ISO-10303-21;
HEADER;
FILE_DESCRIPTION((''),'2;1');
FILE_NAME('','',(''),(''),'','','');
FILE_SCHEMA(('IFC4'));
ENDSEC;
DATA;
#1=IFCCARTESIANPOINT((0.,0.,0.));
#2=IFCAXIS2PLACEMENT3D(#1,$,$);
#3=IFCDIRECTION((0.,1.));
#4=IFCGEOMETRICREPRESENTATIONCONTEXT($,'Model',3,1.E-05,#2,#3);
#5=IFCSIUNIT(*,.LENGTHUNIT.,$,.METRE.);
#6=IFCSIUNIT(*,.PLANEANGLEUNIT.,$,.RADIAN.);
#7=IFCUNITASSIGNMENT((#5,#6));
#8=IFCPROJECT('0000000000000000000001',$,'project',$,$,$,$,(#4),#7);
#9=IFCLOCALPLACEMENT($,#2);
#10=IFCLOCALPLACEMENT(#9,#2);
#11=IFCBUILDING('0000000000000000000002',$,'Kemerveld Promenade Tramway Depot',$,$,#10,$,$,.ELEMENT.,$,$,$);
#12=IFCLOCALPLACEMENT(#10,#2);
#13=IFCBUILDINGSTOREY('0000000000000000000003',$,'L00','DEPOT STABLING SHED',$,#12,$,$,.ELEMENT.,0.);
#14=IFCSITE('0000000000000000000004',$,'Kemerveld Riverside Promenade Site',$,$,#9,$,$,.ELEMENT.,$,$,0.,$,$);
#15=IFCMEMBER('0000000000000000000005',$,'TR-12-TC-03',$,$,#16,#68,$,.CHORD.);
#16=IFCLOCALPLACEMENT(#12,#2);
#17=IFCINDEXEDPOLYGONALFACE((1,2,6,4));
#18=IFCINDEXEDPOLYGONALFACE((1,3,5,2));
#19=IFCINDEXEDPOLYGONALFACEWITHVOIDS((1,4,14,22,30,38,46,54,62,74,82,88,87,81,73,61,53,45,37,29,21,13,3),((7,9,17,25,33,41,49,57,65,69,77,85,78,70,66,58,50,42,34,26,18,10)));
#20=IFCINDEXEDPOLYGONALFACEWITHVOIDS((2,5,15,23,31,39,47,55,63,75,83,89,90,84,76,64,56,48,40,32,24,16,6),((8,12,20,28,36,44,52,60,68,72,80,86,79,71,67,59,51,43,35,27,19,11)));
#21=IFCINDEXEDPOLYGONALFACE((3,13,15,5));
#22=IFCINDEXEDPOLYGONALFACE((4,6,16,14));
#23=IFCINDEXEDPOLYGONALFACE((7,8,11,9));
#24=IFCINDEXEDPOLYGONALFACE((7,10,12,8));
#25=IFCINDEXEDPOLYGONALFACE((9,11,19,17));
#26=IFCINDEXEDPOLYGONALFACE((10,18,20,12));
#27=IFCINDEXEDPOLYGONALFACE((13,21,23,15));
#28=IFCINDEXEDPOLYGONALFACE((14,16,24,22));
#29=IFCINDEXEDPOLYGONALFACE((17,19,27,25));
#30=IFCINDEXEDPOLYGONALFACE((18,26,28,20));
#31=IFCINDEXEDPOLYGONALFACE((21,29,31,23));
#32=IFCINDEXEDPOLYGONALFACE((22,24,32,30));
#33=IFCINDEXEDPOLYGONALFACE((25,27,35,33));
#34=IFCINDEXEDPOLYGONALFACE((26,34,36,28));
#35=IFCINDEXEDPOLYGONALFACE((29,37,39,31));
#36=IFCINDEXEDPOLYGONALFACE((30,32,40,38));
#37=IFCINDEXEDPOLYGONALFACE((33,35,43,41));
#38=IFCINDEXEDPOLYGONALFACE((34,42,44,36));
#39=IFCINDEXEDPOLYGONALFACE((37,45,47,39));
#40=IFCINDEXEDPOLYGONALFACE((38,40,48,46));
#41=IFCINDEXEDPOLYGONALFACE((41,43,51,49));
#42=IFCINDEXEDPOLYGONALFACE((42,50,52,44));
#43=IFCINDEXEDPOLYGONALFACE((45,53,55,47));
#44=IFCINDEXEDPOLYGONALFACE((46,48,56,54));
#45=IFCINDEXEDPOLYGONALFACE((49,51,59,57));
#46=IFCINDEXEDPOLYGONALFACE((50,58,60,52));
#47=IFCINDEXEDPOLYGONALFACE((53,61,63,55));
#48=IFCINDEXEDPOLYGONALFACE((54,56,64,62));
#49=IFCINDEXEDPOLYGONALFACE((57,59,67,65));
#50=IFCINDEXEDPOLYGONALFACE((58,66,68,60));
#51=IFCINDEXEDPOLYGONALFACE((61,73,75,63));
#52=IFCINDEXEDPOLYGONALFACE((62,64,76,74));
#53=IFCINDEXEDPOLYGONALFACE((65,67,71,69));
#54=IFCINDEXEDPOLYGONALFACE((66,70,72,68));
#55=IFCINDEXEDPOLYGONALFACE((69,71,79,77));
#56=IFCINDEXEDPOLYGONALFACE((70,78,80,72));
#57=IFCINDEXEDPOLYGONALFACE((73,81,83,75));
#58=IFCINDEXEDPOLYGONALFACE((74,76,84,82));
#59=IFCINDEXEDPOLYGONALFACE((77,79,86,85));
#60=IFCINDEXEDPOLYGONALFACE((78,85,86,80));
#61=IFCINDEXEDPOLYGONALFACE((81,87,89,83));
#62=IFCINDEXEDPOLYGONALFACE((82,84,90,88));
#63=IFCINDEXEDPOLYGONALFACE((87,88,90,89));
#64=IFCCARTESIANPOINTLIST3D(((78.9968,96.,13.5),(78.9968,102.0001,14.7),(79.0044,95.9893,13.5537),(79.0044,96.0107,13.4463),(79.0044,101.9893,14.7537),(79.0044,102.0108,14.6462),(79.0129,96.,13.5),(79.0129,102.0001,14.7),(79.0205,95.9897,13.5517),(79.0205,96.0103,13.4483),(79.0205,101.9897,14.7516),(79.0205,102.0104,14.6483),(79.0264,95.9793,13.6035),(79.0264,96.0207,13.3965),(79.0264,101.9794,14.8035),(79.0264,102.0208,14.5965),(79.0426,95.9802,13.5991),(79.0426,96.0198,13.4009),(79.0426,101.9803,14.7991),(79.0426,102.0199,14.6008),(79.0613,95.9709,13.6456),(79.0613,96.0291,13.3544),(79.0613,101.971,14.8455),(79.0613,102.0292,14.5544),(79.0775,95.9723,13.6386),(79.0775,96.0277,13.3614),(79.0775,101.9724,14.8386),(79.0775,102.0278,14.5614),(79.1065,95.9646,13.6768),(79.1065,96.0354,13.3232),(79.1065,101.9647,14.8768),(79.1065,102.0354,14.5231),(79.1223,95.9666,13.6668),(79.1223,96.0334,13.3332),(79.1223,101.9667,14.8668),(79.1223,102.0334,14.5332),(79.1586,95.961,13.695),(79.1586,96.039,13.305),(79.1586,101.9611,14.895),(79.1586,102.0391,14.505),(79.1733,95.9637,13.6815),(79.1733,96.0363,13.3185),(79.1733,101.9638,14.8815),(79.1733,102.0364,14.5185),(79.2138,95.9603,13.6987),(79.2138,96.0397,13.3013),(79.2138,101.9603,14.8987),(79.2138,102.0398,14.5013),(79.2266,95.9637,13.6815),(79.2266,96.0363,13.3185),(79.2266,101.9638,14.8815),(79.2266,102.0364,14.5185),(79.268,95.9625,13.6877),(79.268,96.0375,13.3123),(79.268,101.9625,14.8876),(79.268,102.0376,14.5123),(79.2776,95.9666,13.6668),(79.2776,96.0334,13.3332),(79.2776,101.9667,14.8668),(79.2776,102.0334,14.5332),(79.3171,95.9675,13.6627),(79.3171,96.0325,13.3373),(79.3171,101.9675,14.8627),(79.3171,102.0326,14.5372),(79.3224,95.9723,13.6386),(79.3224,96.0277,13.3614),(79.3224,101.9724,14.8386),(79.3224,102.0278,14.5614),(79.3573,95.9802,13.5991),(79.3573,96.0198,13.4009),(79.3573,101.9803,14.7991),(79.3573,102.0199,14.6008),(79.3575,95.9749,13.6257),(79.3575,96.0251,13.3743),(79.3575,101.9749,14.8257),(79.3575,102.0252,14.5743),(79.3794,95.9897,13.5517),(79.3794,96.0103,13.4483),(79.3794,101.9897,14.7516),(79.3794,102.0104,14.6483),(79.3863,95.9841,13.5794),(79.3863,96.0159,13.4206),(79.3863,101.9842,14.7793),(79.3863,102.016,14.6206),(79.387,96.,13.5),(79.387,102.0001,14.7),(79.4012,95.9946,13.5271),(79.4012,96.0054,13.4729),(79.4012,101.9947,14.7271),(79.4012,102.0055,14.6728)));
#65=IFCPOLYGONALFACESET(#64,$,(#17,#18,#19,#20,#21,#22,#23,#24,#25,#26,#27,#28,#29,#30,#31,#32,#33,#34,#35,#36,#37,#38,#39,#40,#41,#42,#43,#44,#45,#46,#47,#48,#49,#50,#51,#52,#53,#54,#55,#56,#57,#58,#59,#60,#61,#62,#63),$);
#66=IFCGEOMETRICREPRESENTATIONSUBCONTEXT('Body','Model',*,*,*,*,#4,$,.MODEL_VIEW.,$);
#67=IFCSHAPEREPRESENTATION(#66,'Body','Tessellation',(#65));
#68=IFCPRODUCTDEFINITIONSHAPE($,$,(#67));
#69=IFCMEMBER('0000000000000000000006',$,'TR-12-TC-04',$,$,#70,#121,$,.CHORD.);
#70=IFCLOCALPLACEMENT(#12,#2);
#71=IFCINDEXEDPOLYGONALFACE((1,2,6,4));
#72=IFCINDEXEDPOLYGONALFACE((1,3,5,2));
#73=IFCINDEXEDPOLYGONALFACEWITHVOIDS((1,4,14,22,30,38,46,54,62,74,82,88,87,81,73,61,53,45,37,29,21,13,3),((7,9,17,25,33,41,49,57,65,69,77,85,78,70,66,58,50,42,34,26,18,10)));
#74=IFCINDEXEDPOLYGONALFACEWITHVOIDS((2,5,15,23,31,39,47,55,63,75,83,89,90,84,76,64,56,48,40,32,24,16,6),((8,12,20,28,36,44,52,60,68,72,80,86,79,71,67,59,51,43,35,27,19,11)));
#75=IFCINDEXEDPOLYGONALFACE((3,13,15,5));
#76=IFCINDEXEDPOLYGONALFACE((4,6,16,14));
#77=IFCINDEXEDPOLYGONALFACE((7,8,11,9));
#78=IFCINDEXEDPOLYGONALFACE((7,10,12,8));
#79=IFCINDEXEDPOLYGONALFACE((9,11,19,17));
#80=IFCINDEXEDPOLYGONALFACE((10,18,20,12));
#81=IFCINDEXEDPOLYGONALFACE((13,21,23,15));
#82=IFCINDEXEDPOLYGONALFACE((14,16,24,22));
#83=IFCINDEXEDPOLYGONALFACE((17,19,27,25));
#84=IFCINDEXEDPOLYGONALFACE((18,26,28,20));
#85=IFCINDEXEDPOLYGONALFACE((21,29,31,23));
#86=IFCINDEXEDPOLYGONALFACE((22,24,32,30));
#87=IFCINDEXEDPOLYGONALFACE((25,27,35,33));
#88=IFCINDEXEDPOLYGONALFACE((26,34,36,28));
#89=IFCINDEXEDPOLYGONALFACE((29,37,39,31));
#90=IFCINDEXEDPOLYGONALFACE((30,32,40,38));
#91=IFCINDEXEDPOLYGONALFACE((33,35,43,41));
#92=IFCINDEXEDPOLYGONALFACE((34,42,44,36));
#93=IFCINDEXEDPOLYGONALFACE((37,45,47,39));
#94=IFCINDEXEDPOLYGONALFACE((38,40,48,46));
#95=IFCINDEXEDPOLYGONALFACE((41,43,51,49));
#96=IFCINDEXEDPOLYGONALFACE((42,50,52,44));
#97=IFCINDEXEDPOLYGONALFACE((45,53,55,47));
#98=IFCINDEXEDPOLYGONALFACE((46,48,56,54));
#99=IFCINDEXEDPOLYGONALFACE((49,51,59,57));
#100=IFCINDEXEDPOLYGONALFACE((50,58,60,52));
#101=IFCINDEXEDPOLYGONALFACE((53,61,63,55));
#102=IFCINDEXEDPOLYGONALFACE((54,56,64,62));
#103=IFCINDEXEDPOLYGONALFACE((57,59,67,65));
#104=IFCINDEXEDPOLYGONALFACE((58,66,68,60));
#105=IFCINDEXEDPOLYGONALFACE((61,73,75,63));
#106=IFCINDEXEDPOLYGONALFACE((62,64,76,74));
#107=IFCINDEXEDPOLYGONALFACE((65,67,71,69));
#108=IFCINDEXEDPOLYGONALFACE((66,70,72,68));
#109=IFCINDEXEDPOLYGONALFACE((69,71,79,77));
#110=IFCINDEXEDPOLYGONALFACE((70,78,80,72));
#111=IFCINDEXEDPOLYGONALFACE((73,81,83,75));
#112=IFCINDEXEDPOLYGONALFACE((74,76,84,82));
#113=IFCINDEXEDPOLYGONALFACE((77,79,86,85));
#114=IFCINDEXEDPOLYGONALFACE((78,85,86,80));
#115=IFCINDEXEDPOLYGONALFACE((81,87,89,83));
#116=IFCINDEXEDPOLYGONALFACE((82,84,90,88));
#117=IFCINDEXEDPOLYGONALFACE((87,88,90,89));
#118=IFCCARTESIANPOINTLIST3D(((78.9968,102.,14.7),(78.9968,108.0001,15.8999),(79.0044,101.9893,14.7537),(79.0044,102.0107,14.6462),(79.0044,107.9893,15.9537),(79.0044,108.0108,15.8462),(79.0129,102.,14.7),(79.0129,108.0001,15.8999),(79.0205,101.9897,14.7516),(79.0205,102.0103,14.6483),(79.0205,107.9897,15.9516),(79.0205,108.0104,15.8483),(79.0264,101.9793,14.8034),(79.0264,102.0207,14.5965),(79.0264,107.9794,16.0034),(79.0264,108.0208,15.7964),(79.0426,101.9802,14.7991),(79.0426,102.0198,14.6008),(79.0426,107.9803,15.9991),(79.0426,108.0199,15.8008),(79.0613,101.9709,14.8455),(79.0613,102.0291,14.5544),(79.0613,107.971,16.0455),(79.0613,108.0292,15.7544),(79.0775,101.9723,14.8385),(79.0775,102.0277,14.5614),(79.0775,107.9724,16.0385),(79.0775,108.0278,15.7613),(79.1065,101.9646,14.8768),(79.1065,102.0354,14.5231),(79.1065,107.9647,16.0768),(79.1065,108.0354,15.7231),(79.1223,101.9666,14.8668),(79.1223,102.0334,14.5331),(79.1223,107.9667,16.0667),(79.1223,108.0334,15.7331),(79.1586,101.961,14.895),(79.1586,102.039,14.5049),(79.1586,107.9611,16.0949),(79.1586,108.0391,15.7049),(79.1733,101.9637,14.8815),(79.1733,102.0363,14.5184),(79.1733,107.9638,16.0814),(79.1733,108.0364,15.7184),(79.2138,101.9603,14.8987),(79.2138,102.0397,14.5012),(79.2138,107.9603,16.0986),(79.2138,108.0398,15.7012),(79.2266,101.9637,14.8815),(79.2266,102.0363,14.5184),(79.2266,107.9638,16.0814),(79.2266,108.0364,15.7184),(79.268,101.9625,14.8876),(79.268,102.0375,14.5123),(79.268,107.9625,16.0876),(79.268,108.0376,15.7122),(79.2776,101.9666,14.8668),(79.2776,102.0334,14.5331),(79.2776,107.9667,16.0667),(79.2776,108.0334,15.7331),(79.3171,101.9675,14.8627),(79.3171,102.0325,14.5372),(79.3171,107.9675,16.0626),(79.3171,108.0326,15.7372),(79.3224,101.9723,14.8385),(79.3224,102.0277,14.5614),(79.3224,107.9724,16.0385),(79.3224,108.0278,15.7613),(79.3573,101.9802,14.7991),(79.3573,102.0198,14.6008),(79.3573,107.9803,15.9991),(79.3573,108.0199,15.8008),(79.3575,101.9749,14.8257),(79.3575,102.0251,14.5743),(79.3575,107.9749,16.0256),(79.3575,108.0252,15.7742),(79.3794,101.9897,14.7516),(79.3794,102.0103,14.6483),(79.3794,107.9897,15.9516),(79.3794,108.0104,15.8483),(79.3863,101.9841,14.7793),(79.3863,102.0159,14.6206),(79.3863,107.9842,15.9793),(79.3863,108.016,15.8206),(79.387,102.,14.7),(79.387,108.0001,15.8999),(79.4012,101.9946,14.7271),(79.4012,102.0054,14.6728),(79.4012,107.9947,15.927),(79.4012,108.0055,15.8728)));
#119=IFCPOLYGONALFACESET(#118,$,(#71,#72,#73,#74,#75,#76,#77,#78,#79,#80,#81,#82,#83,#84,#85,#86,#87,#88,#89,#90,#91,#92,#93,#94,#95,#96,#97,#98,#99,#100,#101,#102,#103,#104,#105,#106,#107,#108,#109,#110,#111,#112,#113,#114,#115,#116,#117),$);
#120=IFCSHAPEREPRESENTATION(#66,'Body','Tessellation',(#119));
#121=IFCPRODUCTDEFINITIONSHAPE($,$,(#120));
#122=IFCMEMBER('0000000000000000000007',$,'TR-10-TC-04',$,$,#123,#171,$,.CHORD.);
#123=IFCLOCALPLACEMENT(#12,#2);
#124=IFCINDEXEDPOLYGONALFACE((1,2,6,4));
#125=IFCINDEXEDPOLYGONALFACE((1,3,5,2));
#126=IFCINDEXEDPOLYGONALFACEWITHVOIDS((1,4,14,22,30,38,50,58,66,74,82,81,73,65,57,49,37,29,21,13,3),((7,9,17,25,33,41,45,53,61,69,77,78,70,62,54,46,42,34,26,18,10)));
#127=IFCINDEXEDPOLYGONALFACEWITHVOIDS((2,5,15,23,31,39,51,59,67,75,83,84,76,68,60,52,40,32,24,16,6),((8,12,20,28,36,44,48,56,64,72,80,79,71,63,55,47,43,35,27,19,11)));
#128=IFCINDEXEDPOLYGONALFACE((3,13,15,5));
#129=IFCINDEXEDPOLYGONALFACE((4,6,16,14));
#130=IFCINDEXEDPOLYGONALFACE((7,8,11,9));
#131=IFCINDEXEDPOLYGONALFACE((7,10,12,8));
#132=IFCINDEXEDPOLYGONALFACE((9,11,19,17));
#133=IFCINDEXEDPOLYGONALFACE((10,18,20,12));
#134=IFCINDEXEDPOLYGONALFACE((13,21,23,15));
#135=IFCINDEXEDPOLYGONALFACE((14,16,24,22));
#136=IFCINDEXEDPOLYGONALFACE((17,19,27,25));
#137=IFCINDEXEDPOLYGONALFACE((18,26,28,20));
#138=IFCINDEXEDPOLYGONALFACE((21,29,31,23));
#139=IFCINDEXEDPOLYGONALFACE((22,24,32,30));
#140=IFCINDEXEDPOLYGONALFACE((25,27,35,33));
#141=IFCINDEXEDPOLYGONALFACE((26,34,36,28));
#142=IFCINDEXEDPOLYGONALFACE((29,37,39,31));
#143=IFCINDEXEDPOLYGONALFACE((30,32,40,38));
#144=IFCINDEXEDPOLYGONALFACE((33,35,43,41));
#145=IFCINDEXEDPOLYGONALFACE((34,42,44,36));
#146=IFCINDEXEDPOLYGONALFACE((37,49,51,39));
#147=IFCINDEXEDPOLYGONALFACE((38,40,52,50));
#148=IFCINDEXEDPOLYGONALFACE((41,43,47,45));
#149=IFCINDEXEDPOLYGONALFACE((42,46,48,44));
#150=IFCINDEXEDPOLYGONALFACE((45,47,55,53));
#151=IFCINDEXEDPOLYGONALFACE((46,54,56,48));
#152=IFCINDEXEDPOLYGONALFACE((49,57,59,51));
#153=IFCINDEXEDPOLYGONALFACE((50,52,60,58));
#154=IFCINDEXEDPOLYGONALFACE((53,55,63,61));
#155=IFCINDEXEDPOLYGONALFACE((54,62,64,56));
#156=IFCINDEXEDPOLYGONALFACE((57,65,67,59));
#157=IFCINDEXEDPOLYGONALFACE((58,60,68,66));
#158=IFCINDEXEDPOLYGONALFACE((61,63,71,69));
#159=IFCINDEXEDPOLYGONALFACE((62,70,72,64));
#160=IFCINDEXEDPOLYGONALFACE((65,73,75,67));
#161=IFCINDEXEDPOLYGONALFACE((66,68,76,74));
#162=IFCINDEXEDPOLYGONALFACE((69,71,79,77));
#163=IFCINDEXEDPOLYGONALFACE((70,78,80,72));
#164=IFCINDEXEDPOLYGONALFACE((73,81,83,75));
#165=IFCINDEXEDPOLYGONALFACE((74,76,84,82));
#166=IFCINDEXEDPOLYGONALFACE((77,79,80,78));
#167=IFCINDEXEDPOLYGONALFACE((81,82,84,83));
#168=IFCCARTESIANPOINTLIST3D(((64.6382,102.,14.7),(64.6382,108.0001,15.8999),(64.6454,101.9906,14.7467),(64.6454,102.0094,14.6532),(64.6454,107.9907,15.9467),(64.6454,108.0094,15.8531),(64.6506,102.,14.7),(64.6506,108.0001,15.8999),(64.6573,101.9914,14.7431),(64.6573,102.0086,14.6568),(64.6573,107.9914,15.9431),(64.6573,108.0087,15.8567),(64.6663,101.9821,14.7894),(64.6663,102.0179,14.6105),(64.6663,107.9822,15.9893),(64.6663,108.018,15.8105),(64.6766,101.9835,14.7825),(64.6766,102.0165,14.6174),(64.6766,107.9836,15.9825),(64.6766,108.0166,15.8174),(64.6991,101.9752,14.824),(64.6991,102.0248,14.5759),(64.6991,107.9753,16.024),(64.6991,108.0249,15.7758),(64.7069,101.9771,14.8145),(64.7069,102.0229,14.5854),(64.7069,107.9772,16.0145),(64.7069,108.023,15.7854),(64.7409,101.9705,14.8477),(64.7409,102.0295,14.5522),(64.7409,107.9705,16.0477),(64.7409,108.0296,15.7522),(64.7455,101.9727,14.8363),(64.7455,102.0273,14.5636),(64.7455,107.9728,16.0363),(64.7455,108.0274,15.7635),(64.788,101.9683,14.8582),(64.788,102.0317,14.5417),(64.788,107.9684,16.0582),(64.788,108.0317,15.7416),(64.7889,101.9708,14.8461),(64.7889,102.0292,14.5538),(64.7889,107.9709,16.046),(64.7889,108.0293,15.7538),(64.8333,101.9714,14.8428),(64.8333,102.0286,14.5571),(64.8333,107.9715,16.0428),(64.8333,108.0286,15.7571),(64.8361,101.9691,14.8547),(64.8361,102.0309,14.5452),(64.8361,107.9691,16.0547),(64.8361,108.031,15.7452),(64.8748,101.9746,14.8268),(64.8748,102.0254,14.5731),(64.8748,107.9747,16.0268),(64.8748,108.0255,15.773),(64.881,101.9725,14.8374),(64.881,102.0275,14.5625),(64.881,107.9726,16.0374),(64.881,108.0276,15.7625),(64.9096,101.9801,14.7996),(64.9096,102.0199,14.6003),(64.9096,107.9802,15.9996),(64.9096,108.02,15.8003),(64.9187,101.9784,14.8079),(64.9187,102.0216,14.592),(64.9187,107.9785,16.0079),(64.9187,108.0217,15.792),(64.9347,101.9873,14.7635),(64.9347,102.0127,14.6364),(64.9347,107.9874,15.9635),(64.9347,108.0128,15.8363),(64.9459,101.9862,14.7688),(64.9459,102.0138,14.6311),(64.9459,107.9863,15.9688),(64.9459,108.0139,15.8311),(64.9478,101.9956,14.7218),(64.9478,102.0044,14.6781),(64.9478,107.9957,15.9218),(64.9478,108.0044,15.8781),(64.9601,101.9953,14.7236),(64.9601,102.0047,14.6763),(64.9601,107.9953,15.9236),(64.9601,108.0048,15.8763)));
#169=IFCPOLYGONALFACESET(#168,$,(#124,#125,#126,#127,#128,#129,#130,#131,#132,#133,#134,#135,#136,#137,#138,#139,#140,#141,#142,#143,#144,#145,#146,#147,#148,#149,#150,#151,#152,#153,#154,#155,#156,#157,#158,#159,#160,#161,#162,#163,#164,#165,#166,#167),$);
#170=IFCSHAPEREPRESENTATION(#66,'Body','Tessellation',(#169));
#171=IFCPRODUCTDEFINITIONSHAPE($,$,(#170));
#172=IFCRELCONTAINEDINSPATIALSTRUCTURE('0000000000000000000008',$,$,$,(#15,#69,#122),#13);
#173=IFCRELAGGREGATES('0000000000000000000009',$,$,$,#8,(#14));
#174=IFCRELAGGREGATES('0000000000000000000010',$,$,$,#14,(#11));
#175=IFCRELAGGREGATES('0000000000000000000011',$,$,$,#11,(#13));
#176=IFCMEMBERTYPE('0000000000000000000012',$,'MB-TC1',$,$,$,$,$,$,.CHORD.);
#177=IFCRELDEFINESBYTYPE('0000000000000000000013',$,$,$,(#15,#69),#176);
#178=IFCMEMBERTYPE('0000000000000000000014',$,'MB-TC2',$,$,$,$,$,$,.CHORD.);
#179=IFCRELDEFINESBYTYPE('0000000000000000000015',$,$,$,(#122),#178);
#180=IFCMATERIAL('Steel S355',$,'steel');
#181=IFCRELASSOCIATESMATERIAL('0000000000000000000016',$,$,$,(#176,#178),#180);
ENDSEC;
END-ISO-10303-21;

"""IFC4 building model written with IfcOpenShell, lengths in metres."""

from ifc_helpers import new_model, si_unit, direction, frame, origin, origin_2d, place, context, subcontext, project, spatial, hollow_circle, extrude, material, material_profile, profile_set, type_object, element, save


model = new_model("IFC4")

# Units and contexts
model_context = context("Model", 3, precision=1e-05, world=origin(), true_north=direction((0.0, 1.0)))
body_context = subcontext(model_context, "Body", "Model", "MODEL_VIEW")
ifc_project = project(units=[si_unit("LENGTHUNIT", "METRE"), si_unit("PLANEANGLEUNIT", "RADIAN")], contexts=[model_context])

# Site, building, storey
site_placement = place(None, origin())
site = spatial("IfcSite", under=ifc_project, at=site_placement, Name="Kemerveld Riverside Promenade Site", CompositionType="ELEMENT", RefElevation=0.0)
building_placement = place(site_placement, origin())
building = spatial("IfcBuilding", under=site, at=building_placement, Name="Kemerveld Promenade Tramway Depot", CompositionType="ELEMENT")
storey_placement = place(building_placement, origin())
storey = spatial("IfcBuildingStorey", under=building, at=storey_placement, Name="L00", Description="DEPOT STABLING SHED", CompositionType="ELEMENT", Elevation=0.0)

# Members
ifc_material_1 = material(Name="Steel S355", Category="steel")
ifc_material_profile_1 = material_profile(ifc_material_1, hollow_circle(Radius=0.2031, WallThickness=0.0161, at=origin_2d()), Name="406.4x16.0 CHS")
ifc_profile_set_1 = profile_set([ifc_material_profile_1], Name="Steel S355")
member_type_1 = type_object("IfcMemberType", Name="MB-TC1", PredefinedType="CHORD", material=ifc_profile_set_1)
for number, where, z_axis, x_axis, name in (
    (1, (79.2, 96.0, 13.5), (0.0, 0.980582, 0.196108), (-1.0, 0.0, 0.0), "TR-12-TC-03"),
    (2, (79.2, 102.0, 14.7), (0.0, 0.980582, 0.196108), (-1.0, 0.0, 0.0), "TR-12-TC-04"),
):
    element("IfcMember", number, at=place(storey_placement, frame(where, z_axis=z_axis, x_axis=x_axis)), inside=storey, type_object=member_type_1, Name=name, PredefinedType="CHORD", context=body_context, shape_type="SweptSolid", body=[
        extrude(hollow_circle(Radius=0.2031, WallThickness=0.0161, at=origin_2d()), origin(), (0.0, 0.0, 1.0), 6.1189),
    ])
ifc_material_profile_2 = material_profile(ifc_material_1, hollow_circle(Radius=0.1619, WallThickness=0.0125, at=origin_2d()), Name="323.9x12.5 CHS")
ifc_profile_set_2 = profile_set([ifc_material_profile_2], Name="Steel S355")
member_type_2 = type_object("IfcMemberType", Name="MB-TC2", PredefinedType="CHORD", material=ifc_profile_set_2)
member_1_placement = place(storey_placement, frame((64.8, 102.0, 14.7), z_axis=(0.0, 0.980582, 0.196108), x_axis=(-1.0, 0.0, 0.0)))
element("IfcMember", 3, at=member_1_placement, inside=storey, type_object=member_type_2, Name="TR-10-TC-04", PredefinedType="CHORD", context=body_context, shape_type="SweptSolid", body=[
    extrude(hollow_circle(Radius=0.1619, WallThickness=0.0125, at=origin_2d()), origin(), (0.0, 0.0, 1.0), 6.1189),
])

save(model, "model.ifc")
